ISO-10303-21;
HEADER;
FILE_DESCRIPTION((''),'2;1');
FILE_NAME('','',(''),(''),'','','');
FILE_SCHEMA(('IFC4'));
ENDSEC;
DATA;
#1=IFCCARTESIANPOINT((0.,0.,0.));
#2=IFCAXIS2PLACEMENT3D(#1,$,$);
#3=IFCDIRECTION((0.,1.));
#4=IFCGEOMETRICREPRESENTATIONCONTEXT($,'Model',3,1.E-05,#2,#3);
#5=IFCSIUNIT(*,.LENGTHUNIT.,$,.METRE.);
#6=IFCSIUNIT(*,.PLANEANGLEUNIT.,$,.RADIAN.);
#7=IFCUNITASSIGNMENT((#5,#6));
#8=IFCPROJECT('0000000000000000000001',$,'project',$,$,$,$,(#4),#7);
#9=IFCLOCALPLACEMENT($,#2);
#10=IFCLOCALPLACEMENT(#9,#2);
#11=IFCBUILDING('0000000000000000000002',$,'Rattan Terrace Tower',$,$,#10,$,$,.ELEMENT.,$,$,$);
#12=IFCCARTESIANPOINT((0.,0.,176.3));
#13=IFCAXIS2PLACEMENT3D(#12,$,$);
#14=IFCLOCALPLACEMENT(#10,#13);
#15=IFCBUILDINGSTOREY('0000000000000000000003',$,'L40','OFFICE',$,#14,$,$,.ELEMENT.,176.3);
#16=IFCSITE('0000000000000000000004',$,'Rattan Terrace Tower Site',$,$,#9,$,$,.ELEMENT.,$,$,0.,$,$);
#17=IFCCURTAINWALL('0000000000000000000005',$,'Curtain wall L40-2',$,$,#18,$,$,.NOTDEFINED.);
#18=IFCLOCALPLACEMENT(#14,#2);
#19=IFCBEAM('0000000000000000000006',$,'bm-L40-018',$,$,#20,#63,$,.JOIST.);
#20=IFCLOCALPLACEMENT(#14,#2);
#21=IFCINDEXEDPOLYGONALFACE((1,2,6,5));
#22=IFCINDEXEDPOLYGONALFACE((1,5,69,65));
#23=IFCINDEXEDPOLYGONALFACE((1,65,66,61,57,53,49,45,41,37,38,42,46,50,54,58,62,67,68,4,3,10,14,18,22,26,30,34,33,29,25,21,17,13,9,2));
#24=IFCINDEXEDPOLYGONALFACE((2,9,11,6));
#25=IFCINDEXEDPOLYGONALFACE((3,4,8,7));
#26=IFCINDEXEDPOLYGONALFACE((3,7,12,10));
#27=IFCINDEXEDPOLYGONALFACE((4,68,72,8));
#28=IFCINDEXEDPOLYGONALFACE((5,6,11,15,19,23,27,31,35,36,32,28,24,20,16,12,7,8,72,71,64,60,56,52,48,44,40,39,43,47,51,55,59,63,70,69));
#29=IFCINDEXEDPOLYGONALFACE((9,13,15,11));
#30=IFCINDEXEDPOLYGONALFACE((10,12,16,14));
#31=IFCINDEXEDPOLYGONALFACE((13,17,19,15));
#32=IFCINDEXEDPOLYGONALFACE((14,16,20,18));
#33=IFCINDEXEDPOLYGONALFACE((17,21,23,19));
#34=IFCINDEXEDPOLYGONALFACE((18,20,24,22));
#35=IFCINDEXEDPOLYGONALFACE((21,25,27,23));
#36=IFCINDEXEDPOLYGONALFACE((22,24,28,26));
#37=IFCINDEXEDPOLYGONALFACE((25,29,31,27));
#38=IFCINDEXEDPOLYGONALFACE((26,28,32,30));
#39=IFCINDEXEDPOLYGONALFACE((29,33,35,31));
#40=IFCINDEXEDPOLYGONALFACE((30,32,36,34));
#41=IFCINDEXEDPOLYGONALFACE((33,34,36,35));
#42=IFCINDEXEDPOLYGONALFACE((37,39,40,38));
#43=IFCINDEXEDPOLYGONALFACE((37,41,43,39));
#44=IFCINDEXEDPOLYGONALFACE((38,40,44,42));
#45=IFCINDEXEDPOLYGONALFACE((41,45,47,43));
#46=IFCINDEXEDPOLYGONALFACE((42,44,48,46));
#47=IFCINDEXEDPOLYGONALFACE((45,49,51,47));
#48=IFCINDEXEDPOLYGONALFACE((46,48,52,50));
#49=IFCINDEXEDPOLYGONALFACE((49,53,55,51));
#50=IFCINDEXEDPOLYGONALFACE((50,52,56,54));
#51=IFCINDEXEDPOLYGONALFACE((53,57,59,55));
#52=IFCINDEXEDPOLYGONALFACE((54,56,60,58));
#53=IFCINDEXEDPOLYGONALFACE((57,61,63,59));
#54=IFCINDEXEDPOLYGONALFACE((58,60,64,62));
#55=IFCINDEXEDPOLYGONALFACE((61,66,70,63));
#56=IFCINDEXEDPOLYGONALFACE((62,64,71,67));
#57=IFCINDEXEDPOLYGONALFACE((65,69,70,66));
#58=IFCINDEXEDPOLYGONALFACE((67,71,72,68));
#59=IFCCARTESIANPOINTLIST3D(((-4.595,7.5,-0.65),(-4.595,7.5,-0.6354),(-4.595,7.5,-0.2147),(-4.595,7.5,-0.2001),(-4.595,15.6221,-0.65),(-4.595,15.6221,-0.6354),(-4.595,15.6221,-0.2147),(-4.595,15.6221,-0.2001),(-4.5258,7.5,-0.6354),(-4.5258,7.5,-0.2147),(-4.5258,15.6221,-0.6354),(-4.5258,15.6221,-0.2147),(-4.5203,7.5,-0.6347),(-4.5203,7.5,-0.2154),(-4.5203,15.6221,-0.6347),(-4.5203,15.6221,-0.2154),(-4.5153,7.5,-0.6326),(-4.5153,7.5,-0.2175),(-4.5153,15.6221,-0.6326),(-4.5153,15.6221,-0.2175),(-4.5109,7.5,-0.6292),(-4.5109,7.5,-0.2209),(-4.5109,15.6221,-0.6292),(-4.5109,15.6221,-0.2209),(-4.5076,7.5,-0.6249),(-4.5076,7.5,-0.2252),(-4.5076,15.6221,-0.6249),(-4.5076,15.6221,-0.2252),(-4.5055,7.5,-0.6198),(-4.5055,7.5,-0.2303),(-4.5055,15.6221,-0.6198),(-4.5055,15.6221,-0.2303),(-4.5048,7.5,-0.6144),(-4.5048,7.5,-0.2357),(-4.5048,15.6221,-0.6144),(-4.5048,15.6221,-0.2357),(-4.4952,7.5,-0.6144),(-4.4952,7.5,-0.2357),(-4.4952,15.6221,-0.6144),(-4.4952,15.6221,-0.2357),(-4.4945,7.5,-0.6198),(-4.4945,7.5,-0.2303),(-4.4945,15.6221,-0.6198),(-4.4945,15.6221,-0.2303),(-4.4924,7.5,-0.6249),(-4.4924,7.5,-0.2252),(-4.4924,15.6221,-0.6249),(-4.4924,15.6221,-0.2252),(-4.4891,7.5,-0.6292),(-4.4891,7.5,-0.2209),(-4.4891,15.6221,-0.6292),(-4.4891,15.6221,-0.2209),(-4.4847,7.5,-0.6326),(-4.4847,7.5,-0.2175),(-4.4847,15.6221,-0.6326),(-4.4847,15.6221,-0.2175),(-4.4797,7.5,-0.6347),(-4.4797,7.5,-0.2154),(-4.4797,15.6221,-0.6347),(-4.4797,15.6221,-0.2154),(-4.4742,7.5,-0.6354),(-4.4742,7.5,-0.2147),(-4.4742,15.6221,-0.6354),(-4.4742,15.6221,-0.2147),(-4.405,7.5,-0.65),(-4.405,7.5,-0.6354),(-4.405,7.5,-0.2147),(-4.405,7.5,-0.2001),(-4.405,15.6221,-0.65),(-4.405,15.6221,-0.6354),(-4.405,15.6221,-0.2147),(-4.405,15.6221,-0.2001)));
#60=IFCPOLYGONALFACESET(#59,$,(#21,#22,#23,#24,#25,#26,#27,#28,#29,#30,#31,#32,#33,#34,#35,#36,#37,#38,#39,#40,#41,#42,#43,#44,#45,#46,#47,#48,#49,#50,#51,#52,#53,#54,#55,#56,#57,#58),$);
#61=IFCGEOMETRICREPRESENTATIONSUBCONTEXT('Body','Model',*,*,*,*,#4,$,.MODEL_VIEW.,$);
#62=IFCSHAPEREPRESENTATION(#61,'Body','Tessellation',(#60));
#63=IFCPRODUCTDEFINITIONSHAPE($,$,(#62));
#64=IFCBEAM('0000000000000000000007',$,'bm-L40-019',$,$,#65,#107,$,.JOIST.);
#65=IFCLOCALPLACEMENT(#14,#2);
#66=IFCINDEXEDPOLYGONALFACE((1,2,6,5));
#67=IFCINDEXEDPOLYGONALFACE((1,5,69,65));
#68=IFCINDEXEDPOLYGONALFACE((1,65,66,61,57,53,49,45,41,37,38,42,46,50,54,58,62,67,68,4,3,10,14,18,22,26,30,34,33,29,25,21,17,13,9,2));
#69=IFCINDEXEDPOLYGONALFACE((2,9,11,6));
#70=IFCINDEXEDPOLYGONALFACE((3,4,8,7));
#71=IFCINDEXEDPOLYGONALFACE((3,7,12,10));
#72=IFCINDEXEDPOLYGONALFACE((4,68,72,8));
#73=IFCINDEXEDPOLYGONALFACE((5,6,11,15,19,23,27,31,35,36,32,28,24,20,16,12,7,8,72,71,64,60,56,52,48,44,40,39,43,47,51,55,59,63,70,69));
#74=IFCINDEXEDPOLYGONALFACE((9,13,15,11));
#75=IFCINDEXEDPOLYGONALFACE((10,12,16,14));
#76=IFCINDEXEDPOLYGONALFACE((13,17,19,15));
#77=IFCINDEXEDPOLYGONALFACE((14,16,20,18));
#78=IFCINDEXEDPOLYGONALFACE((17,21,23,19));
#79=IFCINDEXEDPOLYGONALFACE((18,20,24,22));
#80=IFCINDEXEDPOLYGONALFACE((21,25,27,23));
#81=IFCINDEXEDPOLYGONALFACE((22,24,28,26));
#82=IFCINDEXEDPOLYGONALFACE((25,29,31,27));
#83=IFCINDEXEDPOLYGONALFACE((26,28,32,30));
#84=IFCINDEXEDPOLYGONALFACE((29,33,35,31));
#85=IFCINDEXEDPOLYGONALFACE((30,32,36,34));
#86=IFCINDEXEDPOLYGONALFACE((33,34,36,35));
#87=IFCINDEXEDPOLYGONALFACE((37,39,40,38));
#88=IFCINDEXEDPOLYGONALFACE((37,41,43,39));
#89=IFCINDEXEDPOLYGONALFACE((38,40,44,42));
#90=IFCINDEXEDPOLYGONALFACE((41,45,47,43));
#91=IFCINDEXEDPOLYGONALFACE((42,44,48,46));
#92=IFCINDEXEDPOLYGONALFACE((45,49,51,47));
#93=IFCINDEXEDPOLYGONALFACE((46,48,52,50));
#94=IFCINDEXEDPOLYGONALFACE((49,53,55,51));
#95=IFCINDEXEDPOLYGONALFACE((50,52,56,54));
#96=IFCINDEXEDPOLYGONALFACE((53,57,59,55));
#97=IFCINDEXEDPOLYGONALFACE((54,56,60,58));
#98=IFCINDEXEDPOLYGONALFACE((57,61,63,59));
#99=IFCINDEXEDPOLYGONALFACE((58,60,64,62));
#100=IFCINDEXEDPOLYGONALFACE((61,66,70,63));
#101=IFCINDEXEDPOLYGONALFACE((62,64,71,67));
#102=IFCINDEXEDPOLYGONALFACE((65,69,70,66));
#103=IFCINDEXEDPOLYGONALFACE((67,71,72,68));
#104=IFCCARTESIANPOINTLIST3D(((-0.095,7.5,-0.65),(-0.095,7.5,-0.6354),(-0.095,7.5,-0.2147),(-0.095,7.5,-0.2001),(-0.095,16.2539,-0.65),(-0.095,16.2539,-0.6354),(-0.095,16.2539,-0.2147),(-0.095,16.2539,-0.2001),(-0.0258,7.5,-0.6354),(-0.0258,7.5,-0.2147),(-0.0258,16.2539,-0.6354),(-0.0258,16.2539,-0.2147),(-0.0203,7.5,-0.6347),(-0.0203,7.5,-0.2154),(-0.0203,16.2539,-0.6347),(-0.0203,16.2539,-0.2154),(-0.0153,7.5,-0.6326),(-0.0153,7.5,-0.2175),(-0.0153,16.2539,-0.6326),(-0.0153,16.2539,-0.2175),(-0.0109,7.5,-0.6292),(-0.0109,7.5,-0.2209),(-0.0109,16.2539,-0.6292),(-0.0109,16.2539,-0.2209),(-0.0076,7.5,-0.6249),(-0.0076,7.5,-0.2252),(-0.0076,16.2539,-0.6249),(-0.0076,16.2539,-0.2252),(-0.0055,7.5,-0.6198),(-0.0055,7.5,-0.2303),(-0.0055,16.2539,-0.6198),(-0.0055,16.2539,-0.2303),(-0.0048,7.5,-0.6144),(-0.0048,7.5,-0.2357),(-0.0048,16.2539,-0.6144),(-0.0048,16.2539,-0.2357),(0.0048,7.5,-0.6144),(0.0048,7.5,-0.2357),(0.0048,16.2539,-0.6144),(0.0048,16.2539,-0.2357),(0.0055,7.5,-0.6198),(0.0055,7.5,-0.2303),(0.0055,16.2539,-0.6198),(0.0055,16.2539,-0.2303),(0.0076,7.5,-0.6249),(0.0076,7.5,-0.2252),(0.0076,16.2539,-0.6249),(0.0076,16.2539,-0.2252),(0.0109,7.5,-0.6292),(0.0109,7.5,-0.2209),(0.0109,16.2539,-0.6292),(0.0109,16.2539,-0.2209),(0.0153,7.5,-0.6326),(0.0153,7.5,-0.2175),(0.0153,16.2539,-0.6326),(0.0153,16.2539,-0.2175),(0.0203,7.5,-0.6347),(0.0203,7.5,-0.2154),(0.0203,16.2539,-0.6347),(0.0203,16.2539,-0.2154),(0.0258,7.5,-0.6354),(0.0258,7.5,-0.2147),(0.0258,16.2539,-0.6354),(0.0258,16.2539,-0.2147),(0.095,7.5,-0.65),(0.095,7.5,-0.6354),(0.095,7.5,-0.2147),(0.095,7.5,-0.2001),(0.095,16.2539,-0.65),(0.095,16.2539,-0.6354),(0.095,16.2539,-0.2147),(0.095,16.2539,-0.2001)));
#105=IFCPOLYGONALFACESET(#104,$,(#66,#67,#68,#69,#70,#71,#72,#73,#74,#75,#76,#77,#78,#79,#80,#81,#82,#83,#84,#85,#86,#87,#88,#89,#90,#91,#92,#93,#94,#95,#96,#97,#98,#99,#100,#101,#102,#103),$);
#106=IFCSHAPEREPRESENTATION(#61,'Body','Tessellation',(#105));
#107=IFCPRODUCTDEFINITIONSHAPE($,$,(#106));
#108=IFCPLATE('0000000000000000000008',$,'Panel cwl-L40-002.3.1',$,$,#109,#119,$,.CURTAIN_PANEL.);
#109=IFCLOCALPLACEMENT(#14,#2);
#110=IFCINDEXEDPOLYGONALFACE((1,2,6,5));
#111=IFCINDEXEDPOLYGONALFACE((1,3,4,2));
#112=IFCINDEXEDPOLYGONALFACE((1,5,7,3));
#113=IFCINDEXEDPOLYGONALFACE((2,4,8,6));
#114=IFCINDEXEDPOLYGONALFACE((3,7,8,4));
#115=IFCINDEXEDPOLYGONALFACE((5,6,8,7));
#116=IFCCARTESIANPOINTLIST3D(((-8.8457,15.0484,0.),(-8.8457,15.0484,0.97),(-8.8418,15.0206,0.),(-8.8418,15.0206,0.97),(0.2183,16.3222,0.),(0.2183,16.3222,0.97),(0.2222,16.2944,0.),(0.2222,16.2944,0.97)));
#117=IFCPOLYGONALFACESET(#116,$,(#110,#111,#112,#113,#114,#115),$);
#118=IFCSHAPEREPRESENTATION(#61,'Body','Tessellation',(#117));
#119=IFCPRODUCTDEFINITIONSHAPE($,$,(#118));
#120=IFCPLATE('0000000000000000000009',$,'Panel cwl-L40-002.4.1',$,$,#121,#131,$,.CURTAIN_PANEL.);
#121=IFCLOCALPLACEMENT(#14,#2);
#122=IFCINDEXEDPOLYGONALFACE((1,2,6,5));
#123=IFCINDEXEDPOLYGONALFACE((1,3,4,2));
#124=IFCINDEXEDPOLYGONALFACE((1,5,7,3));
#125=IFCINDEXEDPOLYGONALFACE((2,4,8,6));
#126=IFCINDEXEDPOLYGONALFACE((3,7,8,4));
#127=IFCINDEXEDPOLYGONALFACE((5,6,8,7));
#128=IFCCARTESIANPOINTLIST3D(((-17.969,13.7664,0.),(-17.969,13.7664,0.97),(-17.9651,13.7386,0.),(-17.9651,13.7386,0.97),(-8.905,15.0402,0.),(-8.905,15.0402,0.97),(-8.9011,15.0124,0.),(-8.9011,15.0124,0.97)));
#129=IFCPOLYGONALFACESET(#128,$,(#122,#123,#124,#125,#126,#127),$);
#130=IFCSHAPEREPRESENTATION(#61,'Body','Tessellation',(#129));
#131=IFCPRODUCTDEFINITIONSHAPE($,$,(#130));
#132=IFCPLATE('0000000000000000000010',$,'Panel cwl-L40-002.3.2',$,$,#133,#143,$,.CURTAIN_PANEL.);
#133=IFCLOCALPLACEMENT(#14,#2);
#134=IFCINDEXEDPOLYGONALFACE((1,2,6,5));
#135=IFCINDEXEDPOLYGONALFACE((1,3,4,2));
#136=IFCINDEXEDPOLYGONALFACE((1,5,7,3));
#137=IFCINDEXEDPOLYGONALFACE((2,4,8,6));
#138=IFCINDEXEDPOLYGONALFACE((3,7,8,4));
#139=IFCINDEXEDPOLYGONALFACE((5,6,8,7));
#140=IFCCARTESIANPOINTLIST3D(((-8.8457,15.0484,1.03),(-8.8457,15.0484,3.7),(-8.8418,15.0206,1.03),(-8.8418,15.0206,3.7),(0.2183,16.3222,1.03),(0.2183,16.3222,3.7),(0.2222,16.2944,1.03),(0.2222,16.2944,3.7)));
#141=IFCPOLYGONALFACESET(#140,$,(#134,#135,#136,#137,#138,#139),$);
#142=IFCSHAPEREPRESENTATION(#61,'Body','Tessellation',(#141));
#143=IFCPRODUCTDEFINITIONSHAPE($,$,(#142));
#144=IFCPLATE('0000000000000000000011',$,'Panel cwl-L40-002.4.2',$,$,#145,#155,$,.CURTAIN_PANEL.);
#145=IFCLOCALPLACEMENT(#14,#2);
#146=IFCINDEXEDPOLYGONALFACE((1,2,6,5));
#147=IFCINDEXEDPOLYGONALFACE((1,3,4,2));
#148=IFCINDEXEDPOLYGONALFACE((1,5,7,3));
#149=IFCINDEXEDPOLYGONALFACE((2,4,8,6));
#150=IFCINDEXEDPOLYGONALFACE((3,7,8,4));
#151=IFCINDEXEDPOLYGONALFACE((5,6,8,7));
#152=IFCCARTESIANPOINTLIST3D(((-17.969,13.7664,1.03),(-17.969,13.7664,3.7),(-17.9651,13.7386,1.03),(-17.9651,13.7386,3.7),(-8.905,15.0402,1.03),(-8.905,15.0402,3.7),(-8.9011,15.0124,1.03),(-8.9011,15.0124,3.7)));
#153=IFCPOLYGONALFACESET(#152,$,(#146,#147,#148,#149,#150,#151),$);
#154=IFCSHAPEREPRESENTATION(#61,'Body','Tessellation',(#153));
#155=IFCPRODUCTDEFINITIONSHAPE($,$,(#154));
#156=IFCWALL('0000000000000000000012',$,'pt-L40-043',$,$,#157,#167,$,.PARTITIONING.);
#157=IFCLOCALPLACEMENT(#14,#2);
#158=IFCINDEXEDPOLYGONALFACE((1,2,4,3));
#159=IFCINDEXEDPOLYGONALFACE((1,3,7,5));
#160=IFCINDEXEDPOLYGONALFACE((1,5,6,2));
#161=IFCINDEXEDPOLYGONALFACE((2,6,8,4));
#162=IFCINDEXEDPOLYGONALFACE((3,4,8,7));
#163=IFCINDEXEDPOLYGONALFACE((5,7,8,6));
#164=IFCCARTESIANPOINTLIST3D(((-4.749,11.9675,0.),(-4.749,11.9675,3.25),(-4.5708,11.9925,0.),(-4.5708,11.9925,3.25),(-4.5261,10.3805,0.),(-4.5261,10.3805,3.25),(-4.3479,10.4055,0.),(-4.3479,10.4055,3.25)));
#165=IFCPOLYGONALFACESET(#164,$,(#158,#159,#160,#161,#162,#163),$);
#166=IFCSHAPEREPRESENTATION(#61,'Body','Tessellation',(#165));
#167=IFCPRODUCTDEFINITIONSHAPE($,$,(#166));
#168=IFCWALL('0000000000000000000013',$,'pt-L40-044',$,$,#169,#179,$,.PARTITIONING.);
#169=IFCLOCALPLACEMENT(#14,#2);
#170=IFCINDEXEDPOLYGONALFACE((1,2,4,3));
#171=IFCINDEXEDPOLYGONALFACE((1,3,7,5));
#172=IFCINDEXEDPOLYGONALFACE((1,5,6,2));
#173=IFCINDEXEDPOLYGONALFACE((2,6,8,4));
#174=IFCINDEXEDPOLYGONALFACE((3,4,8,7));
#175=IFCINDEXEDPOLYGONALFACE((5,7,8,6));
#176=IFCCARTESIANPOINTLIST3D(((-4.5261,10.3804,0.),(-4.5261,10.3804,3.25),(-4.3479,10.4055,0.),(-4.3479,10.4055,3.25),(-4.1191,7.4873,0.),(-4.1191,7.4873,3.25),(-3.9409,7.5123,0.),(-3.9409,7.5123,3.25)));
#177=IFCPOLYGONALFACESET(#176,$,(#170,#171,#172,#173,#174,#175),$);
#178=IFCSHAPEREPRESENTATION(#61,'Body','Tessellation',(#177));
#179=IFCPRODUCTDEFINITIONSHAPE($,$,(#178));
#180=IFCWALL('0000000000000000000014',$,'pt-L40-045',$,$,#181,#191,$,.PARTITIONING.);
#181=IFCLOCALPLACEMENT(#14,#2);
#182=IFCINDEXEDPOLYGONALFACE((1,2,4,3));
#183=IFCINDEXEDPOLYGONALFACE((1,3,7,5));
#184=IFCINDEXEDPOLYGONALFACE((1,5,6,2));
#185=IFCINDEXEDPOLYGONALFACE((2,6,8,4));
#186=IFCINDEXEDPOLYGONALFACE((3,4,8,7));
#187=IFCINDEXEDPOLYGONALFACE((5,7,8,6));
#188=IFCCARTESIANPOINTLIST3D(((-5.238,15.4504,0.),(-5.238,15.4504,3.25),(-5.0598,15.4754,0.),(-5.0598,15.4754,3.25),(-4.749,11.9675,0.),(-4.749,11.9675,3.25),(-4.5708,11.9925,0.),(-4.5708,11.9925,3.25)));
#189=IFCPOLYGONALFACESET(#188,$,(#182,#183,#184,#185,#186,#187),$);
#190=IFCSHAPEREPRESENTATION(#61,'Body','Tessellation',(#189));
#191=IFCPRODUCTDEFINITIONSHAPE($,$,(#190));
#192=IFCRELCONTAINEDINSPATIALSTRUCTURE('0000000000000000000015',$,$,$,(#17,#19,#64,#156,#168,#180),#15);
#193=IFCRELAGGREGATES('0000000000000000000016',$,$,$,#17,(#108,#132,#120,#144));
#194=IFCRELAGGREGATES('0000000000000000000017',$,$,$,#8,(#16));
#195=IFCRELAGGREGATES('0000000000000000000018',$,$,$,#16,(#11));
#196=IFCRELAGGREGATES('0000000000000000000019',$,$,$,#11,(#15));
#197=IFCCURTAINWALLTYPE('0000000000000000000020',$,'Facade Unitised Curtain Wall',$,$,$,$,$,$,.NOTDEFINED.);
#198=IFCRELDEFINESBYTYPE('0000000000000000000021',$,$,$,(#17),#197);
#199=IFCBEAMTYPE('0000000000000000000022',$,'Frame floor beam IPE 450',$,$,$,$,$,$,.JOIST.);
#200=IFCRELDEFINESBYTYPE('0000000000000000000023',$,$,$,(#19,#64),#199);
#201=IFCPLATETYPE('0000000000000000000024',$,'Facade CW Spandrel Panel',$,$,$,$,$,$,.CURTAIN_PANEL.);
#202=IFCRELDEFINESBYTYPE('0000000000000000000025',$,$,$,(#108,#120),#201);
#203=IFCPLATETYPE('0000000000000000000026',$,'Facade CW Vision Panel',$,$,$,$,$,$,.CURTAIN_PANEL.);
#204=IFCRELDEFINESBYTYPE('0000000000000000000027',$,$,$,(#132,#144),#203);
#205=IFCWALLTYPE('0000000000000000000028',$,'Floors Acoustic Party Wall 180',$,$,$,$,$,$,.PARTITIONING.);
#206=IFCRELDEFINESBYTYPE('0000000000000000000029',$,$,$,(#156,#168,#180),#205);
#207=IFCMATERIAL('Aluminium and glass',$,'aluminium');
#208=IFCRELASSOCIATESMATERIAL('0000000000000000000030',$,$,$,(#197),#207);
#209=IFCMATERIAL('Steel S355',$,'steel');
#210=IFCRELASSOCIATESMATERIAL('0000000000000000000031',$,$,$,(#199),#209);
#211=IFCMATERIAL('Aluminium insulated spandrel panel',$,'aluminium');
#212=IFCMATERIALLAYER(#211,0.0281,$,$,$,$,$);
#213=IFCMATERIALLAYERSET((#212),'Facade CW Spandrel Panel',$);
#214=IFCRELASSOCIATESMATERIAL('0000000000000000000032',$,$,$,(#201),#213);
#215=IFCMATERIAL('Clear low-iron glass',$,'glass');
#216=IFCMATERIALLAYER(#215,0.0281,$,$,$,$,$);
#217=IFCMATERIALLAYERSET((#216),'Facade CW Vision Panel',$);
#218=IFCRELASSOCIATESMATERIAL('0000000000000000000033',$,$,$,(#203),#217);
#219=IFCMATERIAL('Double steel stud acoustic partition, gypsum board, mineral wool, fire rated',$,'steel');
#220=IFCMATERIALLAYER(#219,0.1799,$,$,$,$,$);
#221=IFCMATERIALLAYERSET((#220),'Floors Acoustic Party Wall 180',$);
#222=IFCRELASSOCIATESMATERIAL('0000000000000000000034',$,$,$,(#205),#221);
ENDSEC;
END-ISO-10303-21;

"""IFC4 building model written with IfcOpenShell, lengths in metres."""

from ifc_helpers import new_model, si_unit, direction, frame, frame_2d, origin, origin_2d, place, context, subcontext, project, spatial, rectangle, i_section, extrude, material, layer, layer_set, material_profile, profile_set, type_object, element, aggregate, save


model = new_model("IFC4")

# Units and contexts
model_context = context("Model", 3, precision=1e-05, world=origin(), true_north=direction((0.0, 1.0)))
body_context = subcontext(model_context, "Body", "Model", "MODEL_VIEW")
ifc_project = project(units=[si_unit("LENGTHUNIT", "METRE"), si_unit("PLANEANGLEUNIT", "RADIAN")], contexts=[model_context])

# Site, building, storey
site_placement = place(None, origin())
site = spatial("IfcSite", under=ifc_project, at=site_placement, Name="Rattan Terrace Tower Site", CompositionType="ELEMENT", RefElevation=0.0)
building_placement = place(site_placement, origin())
building = spatial("IfcBuilding", under=site, at=building_placement, Name="Rattan Terrace Tower", CompositionType="ELEMENT")
storey_placement = place(building_placement, frame((0.0, 0.0, 176.3)))
storey = spatial("IfcBuildingStorey", under=building, at=storey_placement, Name="L40", Description="OFFICE", CompositionType="ELEMENT", Elevation=176.3)

# Curtain wall
ifc_material_1 = material(Name="Aluminium and glass", Category="aluminium")
curtain_wall_type = type_object("IfcCurtainWallType", Name="Facade Unitised Curtain Wall", PredefinedType="NOTDEFINED", material=ifc_material_1)
curtain_wall_placement = place(storey_placement, origin())
curtain_wall = element("IfcCurtainWall", 1, at=curtain_wall_placement, inside=storey, type_object=curtain_wall_type, Name="Curtain wall L40-2", PredefinedType="NOTDEFINED")

# Beams
ifc_material_2 = material(Name="Steel S355", Category="steel")
ifc_material_profile_1 = material_profile(ifc_material_2, i_section(OverallWidth=0.1899, OverallDepth=0.45, WebThickness=0.0095, FlangeThickness=0.0146, FilletRadius=0.021, at=origin_2d()), Name="IPE 450")
ifc_profile_set_1 = profile_set([ifc_material_profile_1], Name="Steel S355")
beam_type_1 = type_object("IfcBeamType", Name="Frame floor beam IPE 450", PredefinedType="JOIST", material=ifc_profile_set_1)
beam_1_placement = place(storey_placement, frame((-4.5, 7.5, -0.425), z_axis=(0.0, 1.0, 0.0), x_axis=(-1.0, 0.0, 0.0)))
element("IfcBeam", 2, at=beam_1_placement, inside=storey, type_object=beam_type_1, Name="bm-L40-018", PredefinedType="JOIST", context=body_context, shape_type="SweptSolid", body=[
    extrude(i_section(OverallWidth=0.1899, OverallDepth=0.45, WebThickness=0.0095, FlangeThickness=0.0146, FilletRadius=0.021, at=origin_2d()), origin(), (0.0, 0.0, 1.0), 8.1221),
])
beam_2_placement = place(storey_placement, frame((0.0, 7.5, -0.425), z_axis=(0.0, 1.0, 0.0), x_axis=(-1.0, 0.0, 0.0)))
element("IfcBeam", 3, at=beam_2_placement, inside=storey, type_object=beam_type_1, Name="bm-L40-019", PredefinedType="JOIST", context=body_context, shape_type="SweptSolid", body=[
    extrude(i_section(OverallWidth=0.1899, OverallDepth=0.45, WebThickness=0.0095, FlangeThickness=0.0146, FilletRadius=0.021, at=origin_2d()), origin(), (0.0, 0.0, 1.0), 8.7539),
])

# Plates
ifc_material_3 = material(Name="Aluminium insulated spandrel panel", Category="aluminium")
ifc_layer_1 = layer(ifc_material_3, 0.0281)
ifc_layer_set_1 = layer_set([ifc_layer_1], Name="Facade CW Spandrel Panel")
plate_type_1 = type_object("IfcPlateType", Name="Facade CW Spandrel Panel", PredefinedType="CURTAIN_PANEL", material=ifc_layer_set_1)
plate_1_placement = place(storey_placement, frame((-4.3118, 15.6714, 0.0), z_axis=(0.0, 0.0, 1.0), x_axis=(-0.99027, -0.139161, 0.0)))
plate_1 = element("IfcPlate", 4, at=plate_1_placement, type_object=plate_type_1, Name="Panel cwl-L40-002.3.1", PredefinedType="CURTAIN_PANEL", context=body_context, shape_type="SweptSolid", body=[
    extrude(rectangle(XDim=9.1531, YDim=0.0281, at=origin_2d()), origin(), (0.0, 0.0, 1.0), 0.97),
])
plate_2_placement = place(storey_placement, frame((-13.4351, 14.3894, 0.0), z_axis=(0.0, 0.0, 1.0), x_axis=(-0.99027, -0.139161, 0.0)))
plate_2 = element("IfcPlate", 5, at=plate_2_placement, type_object=plate_type_1, Name="Panel cwl-L40-002.4.1", PredefinedType="CURTAIN_PANEL", context=body_context, shape_type="SweptSolid", body=[
    extrude(rectangle(XDim=9.1531, YDim=0.0281, at=origin_2d()), origin(), (0.0, 0.0, 1.0), 0.97),
])
ifc_material_4 = material(Name="Clear low-iron glass", Category="glass")
ifc_layer_2 = layer(ifc_material_4, 0.0281)
ifc_layer_set_2 = layer_set([ifc_layer_2], Name="Facade CW Vision Panel")
plate_type_2 = type_object("IfcPlateType", Name="Facade CW Vision Panel", PredefinedType="CURTAIN_PANEL", material=ifc_layer_set_2)
plate_3_placement = place(storey_placement, frame((-4.3118, 15.6714, 1.03), z_axis=(0.0, 0.0, 1.0), x_axis=(-0.99027, -0.139161, 0.0)))
plate_3 = element("IfcPlate", 6, at=plate_3_placement, type_object=plate_type_2, Name="Panel cwl-L40-002.3.2", PredefinedType="CURTAIN_PANEL", context=body_context, shape_type="SweptSolid", body=[
    extrude(rectangle(XDim=9.1531, YDim=0.0281, at=origin_2d()), origin(), (0.0, 0.0, 1.0), 2.6699),
])
plate_4_placement = place(storey_placement, frame((-13.4351, 14.3894, 1.03), z_axis=(0.0, 0.0, 1.0), x_axis=(-0.99027, -0.139161, 0.0)))
plate_4 = element("IfcPlate", 7, at=plate_4_placement, type_object=plate_type_2, Name="Panel cwl-L40-002.4.2", PredefinedType="CURTAIN_PANEL", context=body_context, shape_type="SweptSolid", body=[
    extrude(rectangle(XDim=9.1531, YDim=0.0281, at=origin_2d()), origin(), (0.0, 0.0, 1.0), 2.6699),
])
aggregate(curtain_wall, [plate_1, plate_3, plate_2, plate_4])

# Walls
ifc_material_5 = material(Name="Double steel stud acoustic partition, gypsum board, mineral wool, fire rated", Category="steel")
ifc_layer_3 = layer(ifc_material_5, 0.1799)
ifc_layer_set_3 = layer_set([ifc_layer_3], Name="Floors Acoustic Party Wall 180")
wall_type_1 = type_object("IfcWallType", Name="Floors Acoustic Party Wall 180", PredefinedType="PARTITIONING", material=ifc_layer_set_3)
wall_1_placement = place(storey_placement, frame((-4.6599, 11.98, 0.0), z_axis=(0.0, 0.0, 1.0), x_axis=(0.139096, -0.990279, 0.0)))
element("IfcWall", 8, at=wall_1_placement, inside=storey, type_object=wall_type_1, Name="pt-L40-043", PredefinedType="PARTITIONING", context=body_context, shape_type="SweptSolid", body=[
    extrude(rectangle(XDim=1.6025, YDim=0.1799, at=frame_2d((0.8013, 0.0))), origin(), (0.0, 0.0, 1.0), 3.25),
])
wall_2_placement = place(storey_placement, frame((-4.437, 10.3931, 0.0), z_axis=(0.0, 0.0, 1.0), x_axis=(0.139303, -0.99025, 0.0)))
element("IfcWall", 9, at=wall_2_placement, inside=storey, type_object=wall_type_1, Name="pt-L40-044", PredefinedType="PARTITIONING", context=body_context, shape_type="SweptSolid", body=[
    extrude(rectangle(XDim=2.9216, YDim=0.1799, at=frame_2d((1.4609, 0.0))), origin(), (0.0, 0.0, 1.0), 3.25),
])
wall_3_placement = place(storey_placement, frame((-5.1489, 15.4629, 0.0), z_axis=(0.0, 0.0, 1.0), x_axis=(0.13904, -0.990287, 0.0)))
element("IfcWall", 10, at=wall_3_placement, inside=storey, type_object=wall_type_1, Name="pt-L40-045", PredefinedType="PARTITIONING", context=body_context, shape_type="SweptSolid", body=[
    extrude(rectangle(XDim=3.5171, YDim=0.1799, at=frame_2d((1.7585, 0.0))), origin(), (0.0, 0.0, 1.0), 3.25),
])

save(model, "model.ifc")
